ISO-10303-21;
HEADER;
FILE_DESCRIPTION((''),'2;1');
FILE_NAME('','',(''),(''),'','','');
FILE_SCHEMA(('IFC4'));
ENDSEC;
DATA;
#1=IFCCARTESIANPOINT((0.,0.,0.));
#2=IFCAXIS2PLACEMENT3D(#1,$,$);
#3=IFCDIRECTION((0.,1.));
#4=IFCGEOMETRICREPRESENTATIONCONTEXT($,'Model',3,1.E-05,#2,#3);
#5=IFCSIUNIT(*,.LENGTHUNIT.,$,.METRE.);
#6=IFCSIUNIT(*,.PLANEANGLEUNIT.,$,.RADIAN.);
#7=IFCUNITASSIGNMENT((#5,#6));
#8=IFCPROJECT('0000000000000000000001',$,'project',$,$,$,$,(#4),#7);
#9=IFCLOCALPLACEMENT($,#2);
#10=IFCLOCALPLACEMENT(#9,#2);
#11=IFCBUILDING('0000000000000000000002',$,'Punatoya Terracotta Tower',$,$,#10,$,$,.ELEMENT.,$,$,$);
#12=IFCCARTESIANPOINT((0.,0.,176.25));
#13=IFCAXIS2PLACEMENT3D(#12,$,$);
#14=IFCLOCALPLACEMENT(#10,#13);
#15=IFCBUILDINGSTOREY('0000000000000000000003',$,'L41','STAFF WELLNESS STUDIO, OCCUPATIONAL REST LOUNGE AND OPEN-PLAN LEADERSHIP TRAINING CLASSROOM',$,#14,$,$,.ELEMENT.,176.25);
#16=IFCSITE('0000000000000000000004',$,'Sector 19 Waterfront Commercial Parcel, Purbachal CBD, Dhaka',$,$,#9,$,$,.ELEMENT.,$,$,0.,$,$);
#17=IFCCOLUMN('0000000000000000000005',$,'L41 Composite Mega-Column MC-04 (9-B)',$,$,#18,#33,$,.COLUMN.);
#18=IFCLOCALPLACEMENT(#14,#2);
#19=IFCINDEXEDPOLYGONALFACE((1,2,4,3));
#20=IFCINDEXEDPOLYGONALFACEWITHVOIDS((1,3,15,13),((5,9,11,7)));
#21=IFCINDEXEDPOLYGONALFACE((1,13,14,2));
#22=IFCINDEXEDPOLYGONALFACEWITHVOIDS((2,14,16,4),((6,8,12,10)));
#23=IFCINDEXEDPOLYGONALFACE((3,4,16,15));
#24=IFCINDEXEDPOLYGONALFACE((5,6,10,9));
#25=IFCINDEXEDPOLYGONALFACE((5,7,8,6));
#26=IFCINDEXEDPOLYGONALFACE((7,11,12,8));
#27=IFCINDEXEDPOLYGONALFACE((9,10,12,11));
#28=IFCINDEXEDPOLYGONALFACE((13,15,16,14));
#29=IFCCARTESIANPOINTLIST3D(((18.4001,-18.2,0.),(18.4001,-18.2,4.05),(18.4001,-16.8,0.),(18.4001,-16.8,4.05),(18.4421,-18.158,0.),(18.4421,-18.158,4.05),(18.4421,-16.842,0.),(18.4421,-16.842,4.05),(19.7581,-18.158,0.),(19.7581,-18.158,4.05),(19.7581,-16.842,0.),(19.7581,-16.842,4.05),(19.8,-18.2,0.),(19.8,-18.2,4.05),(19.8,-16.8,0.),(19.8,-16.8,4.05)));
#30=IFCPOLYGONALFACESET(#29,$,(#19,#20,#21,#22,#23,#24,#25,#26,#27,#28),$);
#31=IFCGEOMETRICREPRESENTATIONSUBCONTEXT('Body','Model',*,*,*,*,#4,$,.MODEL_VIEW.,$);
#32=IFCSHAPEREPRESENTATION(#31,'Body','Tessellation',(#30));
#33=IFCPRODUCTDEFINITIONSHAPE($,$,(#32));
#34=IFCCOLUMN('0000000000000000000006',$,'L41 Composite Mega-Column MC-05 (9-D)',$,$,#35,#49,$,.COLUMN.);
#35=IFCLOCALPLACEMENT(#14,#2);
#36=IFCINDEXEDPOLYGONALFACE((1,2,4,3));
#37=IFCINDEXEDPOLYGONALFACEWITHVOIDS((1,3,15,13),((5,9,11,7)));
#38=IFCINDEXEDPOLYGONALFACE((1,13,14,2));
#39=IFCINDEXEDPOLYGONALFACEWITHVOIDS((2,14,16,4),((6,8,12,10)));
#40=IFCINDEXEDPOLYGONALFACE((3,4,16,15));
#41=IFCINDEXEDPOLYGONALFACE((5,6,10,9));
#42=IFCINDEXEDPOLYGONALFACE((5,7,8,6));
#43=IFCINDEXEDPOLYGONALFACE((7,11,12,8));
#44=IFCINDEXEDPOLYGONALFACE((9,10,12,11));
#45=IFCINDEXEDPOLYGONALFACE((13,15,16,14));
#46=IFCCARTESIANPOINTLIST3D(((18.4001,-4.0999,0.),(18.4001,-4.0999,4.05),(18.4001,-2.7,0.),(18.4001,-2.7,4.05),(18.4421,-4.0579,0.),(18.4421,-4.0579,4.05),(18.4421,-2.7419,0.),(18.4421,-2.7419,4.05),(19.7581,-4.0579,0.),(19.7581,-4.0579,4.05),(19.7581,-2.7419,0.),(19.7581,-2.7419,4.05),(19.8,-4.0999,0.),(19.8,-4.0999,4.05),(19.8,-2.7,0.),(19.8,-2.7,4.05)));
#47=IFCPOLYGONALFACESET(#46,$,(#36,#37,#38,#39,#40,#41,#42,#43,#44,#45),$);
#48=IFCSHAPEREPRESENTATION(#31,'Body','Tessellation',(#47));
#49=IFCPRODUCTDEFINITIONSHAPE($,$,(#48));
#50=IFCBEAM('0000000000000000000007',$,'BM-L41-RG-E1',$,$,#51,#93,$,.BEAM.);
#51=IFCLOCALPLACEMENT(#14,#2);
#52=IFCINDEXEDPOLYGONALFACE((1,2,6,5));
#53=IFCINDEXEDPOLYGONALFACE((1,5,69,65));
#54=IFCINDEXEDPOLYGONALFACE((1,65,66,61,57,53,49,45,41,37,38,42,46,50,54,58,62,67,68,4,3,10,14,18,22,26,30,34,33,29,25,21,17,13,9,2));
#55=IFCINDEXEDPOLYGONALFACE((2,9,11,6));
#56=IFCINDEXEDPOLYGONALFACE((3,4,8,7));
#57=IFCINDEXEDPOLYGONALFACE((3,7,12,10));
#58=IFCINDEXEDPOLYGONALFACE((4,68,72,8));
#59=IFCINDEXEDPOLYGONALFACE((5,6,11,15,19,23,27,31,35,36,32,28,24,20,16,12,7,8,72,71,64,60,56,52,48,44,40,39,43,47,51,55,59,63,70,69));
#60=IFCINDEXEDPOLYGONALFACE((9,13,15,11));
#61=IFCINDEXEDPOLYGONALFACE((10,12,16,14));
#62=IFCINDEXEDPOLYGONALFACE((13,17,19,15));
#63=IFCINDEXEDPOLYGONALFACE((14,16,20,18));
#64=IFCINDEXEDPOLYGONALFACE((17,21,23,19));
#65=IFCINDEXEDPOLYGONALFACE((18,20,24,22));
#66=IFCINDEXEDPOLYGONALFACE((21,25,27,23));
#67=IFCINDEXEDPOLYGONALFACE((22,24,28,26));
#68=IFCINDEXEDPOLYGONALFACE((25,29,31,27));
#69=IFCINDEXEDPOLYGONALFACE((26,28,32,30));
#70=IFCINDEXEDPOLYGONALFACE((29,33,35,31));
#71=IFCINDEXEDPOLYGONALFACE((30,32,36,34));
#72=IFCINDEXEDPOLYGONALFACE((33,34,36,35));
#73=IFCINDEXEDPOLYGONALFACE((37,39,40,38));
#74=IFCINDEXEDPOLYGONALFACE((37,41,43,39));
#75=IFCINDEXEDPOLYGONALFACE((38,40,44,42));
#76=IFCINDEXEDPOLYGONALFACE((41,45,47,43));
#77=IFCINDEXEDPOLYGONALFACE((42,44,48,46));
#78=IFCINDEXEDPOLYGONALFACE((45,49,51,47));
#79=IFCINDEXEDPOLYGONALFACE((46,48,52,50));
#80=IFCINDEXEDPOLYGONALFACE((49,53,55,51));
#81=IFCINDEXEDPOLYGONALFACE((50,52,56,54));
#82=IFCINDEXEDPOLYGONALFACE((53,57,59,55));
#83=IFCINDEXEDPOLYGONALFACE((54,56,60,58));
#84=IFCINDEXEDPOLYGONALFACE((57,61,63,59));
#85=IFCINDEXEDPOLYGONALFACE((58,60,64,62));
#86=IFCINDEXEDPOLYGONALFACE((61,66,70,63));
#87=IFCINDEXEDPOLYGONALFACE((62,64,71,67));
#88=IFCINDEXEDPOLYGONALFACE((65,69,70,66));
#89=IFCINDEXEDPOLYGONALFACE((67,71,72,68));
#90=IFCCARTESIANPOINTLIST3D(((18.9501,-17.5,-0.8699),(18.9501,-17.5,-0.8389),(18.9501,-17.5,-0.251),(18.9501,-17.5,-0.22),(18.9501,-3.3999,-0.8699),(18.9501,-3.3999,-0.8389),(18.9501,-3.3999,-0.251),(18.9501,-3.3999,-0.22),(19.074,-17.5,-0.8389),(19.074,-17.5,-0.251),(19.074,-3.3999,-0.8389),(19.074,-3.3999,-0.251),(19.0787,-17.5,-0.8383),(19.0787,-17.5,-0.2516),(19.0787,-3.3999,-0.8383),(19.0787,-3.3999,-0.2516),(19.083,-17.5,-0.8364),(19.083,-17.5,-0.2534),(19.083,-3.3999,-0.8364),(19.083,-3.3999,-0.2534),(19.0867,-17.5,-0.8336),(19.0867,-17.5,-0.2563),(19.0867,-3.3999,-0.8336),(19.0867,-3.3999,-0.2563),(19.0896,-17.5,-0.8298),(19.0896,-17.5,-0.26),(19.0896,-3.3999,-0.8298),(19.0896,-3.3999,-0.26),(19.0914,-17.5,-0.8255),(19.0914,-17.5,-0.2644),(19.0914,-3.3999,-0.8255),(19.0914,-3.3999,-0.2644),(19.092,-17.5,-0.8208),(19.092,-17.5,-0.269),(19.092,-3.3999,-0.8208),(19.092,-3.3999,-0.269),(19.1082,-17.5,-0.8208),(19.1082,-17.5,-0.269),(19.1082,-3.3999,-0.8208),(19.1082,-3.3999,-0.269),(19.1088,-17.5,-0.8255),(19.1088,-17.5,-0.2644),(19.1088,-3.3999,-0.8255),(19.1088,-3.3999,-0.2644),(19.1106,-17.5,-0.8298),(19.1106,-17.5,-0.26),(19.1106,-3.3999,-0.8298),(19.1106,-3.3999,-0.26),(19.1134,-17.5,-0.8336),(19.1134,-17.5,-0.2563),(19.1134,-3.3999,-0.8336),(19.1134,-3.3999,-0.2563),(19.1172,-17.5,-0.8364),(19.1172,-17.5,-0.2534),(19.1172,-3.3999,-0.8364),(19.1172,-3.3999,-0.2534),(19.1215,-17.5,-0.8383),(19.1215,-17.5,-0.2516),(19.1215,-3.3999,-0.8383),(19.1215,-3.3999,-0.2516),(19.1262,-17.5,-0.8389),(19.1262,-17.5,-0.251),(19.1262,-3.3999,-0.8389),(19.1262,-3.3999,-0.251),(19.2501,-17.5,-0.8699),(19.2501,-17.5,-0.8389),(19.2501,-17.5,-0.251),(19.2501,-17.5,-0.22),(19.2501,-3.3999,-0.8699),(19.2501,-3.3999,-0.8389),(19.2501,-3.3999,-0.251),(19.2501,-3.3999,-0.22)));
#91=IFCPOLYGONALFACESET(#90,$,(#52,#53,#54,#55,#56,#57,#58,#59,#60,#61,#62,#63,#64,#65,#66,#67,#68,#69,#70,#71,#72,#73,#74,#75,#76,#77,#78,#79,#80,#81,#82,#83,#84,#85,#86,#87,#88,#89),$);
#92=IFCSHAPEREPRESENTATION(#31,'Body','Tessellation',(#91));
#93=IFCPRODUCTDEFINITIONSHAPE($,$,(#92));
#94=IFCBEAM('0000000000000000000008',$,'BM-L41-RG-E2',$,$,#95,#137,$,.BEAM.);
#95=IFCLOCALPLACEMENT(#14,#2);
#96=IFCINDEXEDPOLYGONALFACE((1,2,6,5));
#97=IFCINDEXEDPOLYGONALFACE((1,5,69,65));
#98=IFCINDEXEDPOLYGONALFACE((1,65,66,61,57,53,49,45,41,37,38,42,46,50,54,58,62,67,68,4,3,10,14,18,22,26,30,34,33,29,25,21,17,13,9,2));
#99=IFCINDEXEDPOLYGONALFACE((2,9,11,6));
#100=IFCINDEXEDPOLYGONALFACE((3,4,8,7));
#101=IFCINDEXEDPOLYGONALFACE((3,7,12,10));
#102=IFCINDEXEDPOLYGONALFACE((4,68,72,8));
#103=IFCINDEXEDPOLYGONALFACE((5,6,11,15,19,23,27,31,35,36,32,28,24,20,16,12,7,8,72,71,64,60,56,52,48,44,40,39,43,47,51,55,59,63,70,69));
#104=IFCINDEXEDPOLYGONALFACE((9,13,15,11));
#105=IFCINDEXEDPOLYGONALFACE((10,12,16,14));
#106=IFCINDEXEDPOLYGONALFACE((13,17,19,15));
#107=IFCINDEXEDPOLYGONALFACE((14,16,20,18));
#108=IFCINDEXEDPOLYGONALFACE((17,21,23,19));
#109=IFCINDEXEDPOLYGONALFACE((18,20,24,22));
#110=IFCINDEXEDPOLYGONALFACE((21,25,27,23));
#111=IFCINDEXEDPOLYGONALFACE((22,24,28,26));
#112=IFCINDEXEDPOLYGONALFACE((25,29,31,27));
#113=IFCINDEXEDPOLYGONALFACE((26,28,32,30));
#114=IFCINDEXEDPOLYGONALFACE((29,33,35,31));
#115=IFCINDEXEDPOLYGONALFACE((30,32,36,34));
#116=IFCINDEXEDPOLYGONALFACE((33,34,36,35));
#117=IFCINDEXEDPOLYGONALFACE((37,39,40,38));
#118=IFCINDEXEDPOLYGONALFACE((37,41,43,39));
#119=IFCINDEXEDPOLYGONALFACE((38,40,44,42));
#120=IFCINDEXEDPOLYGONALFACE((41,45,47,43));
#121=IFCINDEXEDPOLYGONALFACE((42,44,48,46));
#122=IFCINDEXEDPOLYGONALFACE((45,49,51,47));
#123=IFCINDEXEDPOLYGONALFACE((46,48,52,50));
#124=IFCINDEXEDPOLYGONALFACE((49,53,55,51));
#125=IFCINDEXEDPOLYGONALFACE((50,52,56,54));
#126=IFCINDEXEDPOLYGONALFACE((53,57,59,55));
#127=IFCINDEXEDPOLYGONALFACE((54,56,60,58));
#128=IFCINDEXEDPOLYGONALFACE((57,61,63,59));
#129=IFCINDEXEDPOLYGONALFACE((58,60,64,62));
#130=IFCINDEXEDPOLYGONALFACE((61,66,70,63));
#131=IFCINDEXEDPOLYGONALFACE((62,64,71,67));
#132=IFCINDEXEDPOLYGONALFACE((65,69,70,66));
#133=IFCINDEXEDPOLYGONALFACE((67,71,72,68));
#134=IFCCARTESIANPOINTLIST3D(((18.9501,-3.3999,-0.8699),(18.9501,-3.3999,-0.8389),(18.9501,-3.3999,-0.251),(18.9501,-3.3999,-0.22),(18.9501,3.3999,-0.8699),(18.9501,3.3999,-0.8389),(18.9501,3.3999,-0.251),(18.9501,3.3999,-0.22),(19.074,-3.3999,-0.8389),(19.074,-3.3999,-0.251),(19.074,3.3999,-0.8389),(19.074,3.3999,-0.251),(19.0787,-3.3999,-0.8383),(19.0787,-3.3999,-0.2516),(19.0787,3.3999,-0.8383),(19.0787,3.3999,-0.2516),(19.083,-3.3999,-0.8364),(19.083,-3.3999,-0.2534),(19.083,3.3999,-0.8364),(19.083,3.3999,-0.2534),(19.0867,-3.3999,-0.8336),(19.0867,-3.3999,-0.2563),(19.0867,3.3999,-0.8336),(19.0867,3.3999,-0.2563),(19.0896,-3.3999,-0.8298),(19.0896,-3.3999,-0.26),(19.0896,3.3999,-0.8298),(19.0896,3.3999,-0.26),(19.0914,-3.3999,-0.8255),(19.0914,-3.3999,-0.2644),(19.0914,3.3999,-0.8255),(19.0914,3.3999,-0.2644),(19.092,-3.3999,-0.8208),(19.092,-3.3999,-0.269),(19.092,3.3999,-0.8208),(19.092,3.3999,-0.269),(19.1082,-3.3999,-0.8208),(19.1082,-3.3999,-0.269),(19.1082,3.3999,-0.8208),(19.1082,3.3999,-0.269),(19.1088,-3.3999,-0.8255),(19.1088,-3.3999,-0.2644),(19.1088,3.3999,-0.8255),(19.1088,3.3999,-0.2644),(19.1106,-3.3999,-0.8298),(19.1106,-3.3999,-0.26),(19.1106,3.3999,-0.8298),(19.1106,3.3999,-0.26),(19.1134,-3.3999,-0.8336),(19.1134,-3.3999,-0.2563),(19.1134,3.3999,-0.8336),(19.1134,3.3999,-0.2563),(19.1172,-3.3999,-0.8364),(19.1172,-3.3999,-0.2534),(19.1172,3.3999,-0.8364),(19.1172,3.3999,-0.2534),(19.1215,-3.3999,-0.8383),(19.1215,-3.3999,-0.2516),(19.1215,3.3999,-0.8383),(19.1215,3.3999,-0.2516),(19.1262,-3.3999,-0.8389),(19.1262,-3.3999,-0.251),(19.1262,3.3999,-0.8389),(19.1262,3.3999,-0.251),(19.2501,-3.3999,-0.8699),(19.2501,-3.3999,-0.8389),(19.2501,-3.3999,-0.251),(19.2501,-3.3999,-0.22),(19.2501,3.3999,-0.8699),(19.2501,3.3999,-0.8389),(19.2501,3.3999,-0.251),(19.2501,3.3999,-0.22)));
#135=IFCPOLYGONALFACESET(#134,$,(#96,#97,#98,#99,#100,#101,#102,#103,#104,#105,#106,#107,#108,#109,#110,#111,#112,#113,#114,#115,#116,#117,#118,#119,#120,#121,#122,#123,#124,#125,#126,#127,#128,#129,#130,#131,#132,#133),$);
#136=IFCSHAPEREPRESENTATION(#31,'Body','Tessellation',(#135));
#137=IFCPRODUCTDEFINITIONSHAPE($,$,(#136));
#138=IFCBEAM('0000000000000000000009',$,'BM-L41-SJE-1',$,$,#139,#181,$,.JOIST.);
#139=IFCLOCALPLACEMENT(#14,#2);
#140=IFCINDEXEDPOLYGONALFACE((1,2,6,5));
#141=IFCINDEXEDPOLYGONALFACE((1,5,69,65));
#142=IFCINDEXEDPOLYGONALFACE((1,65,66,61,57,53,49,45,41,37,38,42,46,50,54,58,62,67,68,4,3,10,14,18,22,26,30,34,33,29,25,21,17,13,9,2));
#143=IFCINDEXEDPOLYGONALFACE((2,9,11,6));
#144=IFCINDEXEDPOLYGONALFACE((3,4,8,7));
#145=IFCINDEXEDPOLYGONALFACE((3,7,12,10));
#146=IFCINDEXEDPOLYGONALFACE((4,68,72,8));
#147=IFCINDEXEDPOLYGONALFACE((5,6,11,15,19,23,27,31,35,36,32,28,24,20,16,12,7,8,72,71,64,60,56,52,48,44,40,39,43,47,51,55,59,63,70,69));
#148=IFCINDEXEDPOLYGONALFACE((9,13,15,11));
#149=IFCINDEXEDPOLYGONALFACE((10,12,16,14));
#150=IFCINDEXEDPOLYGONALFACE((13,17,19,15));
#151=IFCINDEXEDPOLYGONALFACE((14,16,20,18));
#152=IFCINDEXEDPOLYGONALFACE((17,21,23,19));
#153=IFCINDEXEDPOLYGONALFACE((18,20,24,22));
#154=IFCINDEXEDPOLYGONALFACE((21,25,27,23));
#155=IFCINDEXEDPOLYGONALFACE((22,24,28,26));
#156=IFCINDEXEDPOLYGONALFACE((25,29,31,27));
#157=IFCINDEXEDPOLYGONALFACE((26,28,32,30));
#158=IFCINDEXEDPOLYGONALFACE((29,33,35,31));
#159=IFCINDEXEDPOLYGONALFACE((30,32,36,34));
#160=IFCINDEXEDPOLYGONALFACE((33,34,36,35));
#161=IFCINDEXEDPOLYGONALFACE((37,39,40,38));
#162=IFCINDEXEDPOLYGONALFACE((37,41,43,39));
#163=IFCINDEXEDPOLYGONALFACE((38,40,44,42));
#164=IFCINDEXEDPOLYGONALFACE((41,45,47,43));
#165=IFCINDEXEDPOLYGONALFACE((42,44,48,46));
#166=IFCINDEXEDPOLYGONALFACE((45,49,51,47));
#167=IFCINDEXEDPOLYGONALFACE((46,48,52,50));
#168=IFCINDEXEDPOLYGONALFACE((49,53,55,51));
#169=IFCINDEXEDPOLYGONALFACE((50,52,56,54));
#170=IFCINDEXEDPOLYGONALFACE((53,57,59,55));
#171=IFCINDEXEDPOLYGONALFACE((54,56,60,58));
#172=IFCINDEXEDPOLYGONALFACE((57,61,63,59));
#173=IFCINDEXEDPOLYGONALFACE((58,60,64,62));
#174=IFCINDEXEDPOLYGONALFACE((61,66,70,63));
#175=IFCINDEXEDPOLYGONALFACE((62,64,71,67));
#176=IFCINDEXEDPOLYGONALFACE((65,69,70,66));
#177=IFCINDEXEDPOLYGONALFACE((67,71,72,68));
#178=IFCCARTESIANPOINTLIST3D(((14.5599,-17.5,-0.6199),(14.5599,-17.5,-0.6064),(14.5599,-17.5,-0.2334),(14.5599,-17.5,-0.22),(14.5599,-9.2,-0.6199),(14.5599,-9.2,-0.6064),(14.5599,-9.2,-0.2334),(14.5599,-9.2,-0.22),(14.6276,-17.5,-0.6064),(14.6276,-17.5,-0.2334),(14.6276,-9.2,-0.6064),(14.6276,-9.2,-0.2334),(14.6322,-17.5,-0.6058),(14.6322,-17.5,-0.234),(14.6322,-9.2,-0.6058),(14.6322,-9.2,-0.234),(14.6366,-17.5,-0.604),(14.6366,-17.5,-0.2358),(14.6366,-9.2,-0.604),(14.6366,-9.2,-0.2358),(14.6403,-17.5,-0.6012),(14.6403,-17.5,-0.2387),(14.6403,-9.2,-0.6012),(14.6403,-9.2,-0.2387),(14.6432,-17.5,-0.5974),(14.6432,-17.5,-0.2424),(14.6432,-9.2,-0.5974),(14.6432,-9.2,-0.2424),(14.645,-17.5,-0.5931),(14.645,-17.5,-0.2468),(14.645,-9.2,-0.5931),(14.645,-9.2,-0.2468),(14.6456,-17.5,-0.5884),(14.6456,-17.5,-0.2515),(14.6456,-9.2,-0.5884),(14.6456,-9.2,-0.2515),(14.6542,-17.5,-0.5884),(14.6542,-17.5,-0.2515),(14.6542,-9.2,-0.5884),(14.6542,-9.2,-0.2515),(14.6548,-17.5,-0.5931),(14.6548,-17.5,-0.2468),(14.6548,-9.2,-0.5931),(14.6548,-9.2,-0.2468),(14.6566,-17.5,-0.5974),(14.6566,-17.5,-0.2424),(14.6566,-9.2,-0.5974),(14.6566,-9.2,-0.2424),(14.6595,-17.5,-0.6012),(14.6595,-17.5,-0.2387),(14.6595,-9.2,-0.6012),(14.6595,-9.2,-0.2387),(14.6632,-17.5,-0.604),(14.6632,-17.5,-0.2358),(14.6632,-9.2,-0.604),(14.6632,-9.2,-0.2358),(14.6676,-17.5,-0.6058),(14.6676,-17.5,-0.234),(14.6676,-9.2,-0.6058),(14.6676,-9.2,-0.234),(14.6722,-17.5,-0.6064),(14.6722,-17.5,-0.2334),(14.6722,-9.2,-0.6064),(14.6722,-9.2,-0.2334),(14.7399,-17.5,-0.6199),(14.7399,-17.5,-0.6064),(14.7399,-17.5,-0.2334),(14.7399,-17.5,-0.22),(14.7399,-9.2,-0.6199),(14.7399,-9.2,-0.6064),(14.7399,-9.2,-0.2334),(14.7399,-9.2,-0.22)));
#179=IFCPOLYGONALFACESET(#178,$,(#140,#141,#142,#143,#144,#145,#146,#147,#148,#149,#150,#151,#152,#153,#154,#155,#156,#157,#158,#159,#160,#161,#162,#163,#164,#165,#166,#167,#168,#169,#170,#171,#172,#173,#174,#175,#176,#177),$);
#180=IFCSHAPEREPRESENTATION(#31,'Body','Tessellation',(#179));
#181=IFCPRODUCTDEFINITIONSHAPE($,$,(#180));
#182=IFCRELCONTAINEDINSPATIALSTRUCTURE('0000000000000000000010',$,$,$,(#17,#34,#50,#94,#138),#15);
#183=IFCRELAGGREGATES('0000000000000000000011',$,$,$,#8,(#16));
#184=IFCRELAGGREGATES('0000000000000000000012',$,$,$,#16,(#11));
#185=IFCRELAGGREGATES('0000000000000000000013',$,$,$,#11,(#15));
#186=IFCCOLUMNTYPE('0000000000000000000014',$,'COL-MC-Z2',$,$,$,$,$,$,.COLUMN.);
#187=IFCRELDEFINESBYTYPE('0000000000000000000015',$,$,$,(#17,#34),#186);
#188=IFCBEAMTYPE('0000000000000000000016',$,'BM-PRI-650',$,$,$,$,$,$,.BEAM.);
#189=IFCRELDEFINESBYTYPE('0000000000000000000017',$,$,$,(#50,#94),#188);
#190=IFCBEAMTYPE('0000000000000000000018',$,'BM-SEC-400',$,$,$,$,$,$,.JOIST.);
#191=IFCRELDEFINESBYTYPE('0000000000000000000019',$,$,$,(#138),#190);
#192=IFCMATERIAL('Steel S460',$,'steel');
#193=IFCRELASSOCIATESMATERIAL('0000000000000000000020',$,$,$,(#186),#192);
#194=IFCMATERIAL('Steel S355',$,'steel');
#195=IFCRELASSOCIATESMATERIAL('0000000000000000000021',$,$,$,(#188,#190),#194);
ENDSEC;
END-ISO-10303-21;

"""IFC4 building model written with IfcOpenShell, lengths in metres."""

from ifc_helpers import new_model, si_unit, direction, frame, origin, origin_2d, place, context, subcontext, project, spatial, hollow_rectangle, i_section, extrude, material, material_profile, profile_set, type_object, element, save


model = new_model("IFC4")

# Units and contexts
model_context = context("Model", 3, precision=1e-05, world=origin(), true_north=direction((0.0, 1.0)))
body_context = subcontext(model_context, "Body", "Model", "MODEL_VIEW")
ifc_project = project(units=[si_unit("LENGTHUNIT", "METRE"), si_unit("PLANEANGLEUNIT", "RADIAN")], contexts=[model_context])

# Site, building, storey
site_placement = place(None, origin())
site = spatial("IfcSite", under=ifc_project, at=site_placement, Name="Sector 19 Waterfront Commercial Parcel, Purbachal CBD, Dhaka", CompositionType="ELEMENT", RefElevation=0.0)
building_placement = place(site_placement, origin())
building = spatial("IfcBuilding", under=site, at=building_placement, Name="Punatoya Terracotta Tower", CompositionType="ELEMENT")
storey_placement = place(building_placement, frame((0.0, 0.0, 176.25)))
storey = spatial("IfcBuildingStorey", under=building, at=storey_placement, Name="L41", Description="STAFF WELLNESS STUDIO, OCCUPATIONAL REST LOUNGE AND OPEN-PLAN LEADERSHIP TRAINING CLASSROOM", CompositionType="ELEMENT", Elevation=176.25)

# Columns
ifc_material_1 = material(Name="Steel S460", Category="steel")
ifc_material_profile_1 = material_profile(ifc_material_1, hollow_rectangle(XDim=1.3999, YDim=1.3999, WallThickness=0.042, at=origin_2d()))
ifc_profile_set_1 = profile_set([ifc_material_profile_1], Name="Steel S460")
column_type = type_object("IfcColumnType", Name="COL-MC-Z2", PredefinedType="COLUMN", material=ifc_profile_set_1)
for number, where, z_axis, x_axis, name in (
    (1, (19.1001, -17.5, 0.0), (0.0, 0.0, 1.0), (1.0, 0.0, 0.0), "L41 Composite Mega-Column MC-04 (9-B)"),
    (2, (19.1001, -3.3999, 0.0), (0.0, 0.0, 1.0), (1.0, 0.0, 0.0), "L41 Composite Mega-Column MC-05 (9-D)"),
):
    element("IfcColumn", number, at=place(storey_placement, frame(where, z_axis=z_axis, x_axis=x_axis)), inside=storey, type_object=column_type, Name=name, PredefinedType="COLUMN", context=body_context, shape_type="SweptSolid", body=[
        extrude(hollow_rectangle(XDim=1.3999, YDim=1.3999, WallThickness=0.042, at=origin_2d()), origin(), (0.0, 0.0, 1.0), 4.05),
    ])

# Beams
ifc_material_2 = material(Name="Steel S355", Category="steel")
ifc_material_profile_2 = material_profile(ifc_material_2, i_section(OverallWidth=0.3, OverallDepth=0.6499, WebThickness=0.0161, FlangeThickness=0.031, FilletRadius=0.0181, at=origin_2d()))
ifc_profile_set_2 = profile_set([ifc_material_profile_2], Name="Steel S355")
beam_type_1 = type_object("IfcBeamType", Name="BM-PRI-650", PredefinedType="BEAM", material=ifc_profile_set_2)
beam_1_placement = place(storey_placement, frame((19.1001, -17.5, -0.5449), z_axis=(0.0, 1.0, 0.0), x_axis=(-1.0, 0.0, 0.0)))
element("IfcBeam", 3, at=beam_1_placement, inside=storey, type_object=beam_type_1, Name="BM-L41-RG-E1", PredefinedType="BEAM", context=body_context, shape_type="SweptSolid", body=[
    extrude(i_section(OverallWidth=0.3, OverallDepth=0.6499, WebThickness=0.0161, FlangeThickness=0.031, FilletRadius=0.0181, at=origin_2d()), origin(), (0.0, 0.0, 1.0), 14.1001),
])
beam_2_placement = place(storey_placement, frame((19.1001, -3.3999, -0.5449), z_axis=(0.0, 1.0, 0.0), x_axis=(-1.0, 0.0, 0.0)))
element("IfcBeam", 4, at=beam_2_placement, inside=storey, type_object=beam_type_1, Name="BM-L41-RG-E2", PredefinedType="BEAM", context=body_context, shape_type="SweptSolid", body=[
    extrude(i_section(OverallWidth=0.3, OverallDepth=0.6499, WebThickness=0.0161, FlangeThickness=0.031, FilletRadius=0.0181, at=origin_2d()), origin(), (0.0, 0.0, 1.0), 6.7998),
])
ifc_material_profile_3 = material_profile(ifc_material_2, i_section(OverallWidth=0.1799, OverallDepth=0.3999, WebThickness=0.0085, FlangeThickness=0.0134, FilletRadius=0.0181, at=origin_2d()))
ifc_profile_set_3 = profile_set([ifc_material_profile_3], Name="Steel S355")
beam_type_2 = type_object("IfcBeamType", Name="BM-SEC-400", PredefinedType="JOIST", material=ifc_profile_set_3)
beam_3_placement = place(storey_placement, frame((14.6499, -17.5, -0.4199), z_axis=(0.0, 1.0, 0.0), x_axis=(-1.0, 0.0, 0.0)))
element("IfcBeam", 5, at=beam_3_placement, inside=storey, type_object=beam_type_2, Name="BM-L41-SJE-1", PredefinedType="JOIST", context=body_context, shape_type="SweptSolid", body=[
    extrude(i_section(OverallWidth=0.1799, OverallDepth=0.3999, WebThickness=0.0085, FlangeThickness=0.0134, FilletRadius=0.0181, at=origin_2d()), origin(), (0.0, 0.0, 1.0), 8.3),
])

save(model, "model.ifc")
